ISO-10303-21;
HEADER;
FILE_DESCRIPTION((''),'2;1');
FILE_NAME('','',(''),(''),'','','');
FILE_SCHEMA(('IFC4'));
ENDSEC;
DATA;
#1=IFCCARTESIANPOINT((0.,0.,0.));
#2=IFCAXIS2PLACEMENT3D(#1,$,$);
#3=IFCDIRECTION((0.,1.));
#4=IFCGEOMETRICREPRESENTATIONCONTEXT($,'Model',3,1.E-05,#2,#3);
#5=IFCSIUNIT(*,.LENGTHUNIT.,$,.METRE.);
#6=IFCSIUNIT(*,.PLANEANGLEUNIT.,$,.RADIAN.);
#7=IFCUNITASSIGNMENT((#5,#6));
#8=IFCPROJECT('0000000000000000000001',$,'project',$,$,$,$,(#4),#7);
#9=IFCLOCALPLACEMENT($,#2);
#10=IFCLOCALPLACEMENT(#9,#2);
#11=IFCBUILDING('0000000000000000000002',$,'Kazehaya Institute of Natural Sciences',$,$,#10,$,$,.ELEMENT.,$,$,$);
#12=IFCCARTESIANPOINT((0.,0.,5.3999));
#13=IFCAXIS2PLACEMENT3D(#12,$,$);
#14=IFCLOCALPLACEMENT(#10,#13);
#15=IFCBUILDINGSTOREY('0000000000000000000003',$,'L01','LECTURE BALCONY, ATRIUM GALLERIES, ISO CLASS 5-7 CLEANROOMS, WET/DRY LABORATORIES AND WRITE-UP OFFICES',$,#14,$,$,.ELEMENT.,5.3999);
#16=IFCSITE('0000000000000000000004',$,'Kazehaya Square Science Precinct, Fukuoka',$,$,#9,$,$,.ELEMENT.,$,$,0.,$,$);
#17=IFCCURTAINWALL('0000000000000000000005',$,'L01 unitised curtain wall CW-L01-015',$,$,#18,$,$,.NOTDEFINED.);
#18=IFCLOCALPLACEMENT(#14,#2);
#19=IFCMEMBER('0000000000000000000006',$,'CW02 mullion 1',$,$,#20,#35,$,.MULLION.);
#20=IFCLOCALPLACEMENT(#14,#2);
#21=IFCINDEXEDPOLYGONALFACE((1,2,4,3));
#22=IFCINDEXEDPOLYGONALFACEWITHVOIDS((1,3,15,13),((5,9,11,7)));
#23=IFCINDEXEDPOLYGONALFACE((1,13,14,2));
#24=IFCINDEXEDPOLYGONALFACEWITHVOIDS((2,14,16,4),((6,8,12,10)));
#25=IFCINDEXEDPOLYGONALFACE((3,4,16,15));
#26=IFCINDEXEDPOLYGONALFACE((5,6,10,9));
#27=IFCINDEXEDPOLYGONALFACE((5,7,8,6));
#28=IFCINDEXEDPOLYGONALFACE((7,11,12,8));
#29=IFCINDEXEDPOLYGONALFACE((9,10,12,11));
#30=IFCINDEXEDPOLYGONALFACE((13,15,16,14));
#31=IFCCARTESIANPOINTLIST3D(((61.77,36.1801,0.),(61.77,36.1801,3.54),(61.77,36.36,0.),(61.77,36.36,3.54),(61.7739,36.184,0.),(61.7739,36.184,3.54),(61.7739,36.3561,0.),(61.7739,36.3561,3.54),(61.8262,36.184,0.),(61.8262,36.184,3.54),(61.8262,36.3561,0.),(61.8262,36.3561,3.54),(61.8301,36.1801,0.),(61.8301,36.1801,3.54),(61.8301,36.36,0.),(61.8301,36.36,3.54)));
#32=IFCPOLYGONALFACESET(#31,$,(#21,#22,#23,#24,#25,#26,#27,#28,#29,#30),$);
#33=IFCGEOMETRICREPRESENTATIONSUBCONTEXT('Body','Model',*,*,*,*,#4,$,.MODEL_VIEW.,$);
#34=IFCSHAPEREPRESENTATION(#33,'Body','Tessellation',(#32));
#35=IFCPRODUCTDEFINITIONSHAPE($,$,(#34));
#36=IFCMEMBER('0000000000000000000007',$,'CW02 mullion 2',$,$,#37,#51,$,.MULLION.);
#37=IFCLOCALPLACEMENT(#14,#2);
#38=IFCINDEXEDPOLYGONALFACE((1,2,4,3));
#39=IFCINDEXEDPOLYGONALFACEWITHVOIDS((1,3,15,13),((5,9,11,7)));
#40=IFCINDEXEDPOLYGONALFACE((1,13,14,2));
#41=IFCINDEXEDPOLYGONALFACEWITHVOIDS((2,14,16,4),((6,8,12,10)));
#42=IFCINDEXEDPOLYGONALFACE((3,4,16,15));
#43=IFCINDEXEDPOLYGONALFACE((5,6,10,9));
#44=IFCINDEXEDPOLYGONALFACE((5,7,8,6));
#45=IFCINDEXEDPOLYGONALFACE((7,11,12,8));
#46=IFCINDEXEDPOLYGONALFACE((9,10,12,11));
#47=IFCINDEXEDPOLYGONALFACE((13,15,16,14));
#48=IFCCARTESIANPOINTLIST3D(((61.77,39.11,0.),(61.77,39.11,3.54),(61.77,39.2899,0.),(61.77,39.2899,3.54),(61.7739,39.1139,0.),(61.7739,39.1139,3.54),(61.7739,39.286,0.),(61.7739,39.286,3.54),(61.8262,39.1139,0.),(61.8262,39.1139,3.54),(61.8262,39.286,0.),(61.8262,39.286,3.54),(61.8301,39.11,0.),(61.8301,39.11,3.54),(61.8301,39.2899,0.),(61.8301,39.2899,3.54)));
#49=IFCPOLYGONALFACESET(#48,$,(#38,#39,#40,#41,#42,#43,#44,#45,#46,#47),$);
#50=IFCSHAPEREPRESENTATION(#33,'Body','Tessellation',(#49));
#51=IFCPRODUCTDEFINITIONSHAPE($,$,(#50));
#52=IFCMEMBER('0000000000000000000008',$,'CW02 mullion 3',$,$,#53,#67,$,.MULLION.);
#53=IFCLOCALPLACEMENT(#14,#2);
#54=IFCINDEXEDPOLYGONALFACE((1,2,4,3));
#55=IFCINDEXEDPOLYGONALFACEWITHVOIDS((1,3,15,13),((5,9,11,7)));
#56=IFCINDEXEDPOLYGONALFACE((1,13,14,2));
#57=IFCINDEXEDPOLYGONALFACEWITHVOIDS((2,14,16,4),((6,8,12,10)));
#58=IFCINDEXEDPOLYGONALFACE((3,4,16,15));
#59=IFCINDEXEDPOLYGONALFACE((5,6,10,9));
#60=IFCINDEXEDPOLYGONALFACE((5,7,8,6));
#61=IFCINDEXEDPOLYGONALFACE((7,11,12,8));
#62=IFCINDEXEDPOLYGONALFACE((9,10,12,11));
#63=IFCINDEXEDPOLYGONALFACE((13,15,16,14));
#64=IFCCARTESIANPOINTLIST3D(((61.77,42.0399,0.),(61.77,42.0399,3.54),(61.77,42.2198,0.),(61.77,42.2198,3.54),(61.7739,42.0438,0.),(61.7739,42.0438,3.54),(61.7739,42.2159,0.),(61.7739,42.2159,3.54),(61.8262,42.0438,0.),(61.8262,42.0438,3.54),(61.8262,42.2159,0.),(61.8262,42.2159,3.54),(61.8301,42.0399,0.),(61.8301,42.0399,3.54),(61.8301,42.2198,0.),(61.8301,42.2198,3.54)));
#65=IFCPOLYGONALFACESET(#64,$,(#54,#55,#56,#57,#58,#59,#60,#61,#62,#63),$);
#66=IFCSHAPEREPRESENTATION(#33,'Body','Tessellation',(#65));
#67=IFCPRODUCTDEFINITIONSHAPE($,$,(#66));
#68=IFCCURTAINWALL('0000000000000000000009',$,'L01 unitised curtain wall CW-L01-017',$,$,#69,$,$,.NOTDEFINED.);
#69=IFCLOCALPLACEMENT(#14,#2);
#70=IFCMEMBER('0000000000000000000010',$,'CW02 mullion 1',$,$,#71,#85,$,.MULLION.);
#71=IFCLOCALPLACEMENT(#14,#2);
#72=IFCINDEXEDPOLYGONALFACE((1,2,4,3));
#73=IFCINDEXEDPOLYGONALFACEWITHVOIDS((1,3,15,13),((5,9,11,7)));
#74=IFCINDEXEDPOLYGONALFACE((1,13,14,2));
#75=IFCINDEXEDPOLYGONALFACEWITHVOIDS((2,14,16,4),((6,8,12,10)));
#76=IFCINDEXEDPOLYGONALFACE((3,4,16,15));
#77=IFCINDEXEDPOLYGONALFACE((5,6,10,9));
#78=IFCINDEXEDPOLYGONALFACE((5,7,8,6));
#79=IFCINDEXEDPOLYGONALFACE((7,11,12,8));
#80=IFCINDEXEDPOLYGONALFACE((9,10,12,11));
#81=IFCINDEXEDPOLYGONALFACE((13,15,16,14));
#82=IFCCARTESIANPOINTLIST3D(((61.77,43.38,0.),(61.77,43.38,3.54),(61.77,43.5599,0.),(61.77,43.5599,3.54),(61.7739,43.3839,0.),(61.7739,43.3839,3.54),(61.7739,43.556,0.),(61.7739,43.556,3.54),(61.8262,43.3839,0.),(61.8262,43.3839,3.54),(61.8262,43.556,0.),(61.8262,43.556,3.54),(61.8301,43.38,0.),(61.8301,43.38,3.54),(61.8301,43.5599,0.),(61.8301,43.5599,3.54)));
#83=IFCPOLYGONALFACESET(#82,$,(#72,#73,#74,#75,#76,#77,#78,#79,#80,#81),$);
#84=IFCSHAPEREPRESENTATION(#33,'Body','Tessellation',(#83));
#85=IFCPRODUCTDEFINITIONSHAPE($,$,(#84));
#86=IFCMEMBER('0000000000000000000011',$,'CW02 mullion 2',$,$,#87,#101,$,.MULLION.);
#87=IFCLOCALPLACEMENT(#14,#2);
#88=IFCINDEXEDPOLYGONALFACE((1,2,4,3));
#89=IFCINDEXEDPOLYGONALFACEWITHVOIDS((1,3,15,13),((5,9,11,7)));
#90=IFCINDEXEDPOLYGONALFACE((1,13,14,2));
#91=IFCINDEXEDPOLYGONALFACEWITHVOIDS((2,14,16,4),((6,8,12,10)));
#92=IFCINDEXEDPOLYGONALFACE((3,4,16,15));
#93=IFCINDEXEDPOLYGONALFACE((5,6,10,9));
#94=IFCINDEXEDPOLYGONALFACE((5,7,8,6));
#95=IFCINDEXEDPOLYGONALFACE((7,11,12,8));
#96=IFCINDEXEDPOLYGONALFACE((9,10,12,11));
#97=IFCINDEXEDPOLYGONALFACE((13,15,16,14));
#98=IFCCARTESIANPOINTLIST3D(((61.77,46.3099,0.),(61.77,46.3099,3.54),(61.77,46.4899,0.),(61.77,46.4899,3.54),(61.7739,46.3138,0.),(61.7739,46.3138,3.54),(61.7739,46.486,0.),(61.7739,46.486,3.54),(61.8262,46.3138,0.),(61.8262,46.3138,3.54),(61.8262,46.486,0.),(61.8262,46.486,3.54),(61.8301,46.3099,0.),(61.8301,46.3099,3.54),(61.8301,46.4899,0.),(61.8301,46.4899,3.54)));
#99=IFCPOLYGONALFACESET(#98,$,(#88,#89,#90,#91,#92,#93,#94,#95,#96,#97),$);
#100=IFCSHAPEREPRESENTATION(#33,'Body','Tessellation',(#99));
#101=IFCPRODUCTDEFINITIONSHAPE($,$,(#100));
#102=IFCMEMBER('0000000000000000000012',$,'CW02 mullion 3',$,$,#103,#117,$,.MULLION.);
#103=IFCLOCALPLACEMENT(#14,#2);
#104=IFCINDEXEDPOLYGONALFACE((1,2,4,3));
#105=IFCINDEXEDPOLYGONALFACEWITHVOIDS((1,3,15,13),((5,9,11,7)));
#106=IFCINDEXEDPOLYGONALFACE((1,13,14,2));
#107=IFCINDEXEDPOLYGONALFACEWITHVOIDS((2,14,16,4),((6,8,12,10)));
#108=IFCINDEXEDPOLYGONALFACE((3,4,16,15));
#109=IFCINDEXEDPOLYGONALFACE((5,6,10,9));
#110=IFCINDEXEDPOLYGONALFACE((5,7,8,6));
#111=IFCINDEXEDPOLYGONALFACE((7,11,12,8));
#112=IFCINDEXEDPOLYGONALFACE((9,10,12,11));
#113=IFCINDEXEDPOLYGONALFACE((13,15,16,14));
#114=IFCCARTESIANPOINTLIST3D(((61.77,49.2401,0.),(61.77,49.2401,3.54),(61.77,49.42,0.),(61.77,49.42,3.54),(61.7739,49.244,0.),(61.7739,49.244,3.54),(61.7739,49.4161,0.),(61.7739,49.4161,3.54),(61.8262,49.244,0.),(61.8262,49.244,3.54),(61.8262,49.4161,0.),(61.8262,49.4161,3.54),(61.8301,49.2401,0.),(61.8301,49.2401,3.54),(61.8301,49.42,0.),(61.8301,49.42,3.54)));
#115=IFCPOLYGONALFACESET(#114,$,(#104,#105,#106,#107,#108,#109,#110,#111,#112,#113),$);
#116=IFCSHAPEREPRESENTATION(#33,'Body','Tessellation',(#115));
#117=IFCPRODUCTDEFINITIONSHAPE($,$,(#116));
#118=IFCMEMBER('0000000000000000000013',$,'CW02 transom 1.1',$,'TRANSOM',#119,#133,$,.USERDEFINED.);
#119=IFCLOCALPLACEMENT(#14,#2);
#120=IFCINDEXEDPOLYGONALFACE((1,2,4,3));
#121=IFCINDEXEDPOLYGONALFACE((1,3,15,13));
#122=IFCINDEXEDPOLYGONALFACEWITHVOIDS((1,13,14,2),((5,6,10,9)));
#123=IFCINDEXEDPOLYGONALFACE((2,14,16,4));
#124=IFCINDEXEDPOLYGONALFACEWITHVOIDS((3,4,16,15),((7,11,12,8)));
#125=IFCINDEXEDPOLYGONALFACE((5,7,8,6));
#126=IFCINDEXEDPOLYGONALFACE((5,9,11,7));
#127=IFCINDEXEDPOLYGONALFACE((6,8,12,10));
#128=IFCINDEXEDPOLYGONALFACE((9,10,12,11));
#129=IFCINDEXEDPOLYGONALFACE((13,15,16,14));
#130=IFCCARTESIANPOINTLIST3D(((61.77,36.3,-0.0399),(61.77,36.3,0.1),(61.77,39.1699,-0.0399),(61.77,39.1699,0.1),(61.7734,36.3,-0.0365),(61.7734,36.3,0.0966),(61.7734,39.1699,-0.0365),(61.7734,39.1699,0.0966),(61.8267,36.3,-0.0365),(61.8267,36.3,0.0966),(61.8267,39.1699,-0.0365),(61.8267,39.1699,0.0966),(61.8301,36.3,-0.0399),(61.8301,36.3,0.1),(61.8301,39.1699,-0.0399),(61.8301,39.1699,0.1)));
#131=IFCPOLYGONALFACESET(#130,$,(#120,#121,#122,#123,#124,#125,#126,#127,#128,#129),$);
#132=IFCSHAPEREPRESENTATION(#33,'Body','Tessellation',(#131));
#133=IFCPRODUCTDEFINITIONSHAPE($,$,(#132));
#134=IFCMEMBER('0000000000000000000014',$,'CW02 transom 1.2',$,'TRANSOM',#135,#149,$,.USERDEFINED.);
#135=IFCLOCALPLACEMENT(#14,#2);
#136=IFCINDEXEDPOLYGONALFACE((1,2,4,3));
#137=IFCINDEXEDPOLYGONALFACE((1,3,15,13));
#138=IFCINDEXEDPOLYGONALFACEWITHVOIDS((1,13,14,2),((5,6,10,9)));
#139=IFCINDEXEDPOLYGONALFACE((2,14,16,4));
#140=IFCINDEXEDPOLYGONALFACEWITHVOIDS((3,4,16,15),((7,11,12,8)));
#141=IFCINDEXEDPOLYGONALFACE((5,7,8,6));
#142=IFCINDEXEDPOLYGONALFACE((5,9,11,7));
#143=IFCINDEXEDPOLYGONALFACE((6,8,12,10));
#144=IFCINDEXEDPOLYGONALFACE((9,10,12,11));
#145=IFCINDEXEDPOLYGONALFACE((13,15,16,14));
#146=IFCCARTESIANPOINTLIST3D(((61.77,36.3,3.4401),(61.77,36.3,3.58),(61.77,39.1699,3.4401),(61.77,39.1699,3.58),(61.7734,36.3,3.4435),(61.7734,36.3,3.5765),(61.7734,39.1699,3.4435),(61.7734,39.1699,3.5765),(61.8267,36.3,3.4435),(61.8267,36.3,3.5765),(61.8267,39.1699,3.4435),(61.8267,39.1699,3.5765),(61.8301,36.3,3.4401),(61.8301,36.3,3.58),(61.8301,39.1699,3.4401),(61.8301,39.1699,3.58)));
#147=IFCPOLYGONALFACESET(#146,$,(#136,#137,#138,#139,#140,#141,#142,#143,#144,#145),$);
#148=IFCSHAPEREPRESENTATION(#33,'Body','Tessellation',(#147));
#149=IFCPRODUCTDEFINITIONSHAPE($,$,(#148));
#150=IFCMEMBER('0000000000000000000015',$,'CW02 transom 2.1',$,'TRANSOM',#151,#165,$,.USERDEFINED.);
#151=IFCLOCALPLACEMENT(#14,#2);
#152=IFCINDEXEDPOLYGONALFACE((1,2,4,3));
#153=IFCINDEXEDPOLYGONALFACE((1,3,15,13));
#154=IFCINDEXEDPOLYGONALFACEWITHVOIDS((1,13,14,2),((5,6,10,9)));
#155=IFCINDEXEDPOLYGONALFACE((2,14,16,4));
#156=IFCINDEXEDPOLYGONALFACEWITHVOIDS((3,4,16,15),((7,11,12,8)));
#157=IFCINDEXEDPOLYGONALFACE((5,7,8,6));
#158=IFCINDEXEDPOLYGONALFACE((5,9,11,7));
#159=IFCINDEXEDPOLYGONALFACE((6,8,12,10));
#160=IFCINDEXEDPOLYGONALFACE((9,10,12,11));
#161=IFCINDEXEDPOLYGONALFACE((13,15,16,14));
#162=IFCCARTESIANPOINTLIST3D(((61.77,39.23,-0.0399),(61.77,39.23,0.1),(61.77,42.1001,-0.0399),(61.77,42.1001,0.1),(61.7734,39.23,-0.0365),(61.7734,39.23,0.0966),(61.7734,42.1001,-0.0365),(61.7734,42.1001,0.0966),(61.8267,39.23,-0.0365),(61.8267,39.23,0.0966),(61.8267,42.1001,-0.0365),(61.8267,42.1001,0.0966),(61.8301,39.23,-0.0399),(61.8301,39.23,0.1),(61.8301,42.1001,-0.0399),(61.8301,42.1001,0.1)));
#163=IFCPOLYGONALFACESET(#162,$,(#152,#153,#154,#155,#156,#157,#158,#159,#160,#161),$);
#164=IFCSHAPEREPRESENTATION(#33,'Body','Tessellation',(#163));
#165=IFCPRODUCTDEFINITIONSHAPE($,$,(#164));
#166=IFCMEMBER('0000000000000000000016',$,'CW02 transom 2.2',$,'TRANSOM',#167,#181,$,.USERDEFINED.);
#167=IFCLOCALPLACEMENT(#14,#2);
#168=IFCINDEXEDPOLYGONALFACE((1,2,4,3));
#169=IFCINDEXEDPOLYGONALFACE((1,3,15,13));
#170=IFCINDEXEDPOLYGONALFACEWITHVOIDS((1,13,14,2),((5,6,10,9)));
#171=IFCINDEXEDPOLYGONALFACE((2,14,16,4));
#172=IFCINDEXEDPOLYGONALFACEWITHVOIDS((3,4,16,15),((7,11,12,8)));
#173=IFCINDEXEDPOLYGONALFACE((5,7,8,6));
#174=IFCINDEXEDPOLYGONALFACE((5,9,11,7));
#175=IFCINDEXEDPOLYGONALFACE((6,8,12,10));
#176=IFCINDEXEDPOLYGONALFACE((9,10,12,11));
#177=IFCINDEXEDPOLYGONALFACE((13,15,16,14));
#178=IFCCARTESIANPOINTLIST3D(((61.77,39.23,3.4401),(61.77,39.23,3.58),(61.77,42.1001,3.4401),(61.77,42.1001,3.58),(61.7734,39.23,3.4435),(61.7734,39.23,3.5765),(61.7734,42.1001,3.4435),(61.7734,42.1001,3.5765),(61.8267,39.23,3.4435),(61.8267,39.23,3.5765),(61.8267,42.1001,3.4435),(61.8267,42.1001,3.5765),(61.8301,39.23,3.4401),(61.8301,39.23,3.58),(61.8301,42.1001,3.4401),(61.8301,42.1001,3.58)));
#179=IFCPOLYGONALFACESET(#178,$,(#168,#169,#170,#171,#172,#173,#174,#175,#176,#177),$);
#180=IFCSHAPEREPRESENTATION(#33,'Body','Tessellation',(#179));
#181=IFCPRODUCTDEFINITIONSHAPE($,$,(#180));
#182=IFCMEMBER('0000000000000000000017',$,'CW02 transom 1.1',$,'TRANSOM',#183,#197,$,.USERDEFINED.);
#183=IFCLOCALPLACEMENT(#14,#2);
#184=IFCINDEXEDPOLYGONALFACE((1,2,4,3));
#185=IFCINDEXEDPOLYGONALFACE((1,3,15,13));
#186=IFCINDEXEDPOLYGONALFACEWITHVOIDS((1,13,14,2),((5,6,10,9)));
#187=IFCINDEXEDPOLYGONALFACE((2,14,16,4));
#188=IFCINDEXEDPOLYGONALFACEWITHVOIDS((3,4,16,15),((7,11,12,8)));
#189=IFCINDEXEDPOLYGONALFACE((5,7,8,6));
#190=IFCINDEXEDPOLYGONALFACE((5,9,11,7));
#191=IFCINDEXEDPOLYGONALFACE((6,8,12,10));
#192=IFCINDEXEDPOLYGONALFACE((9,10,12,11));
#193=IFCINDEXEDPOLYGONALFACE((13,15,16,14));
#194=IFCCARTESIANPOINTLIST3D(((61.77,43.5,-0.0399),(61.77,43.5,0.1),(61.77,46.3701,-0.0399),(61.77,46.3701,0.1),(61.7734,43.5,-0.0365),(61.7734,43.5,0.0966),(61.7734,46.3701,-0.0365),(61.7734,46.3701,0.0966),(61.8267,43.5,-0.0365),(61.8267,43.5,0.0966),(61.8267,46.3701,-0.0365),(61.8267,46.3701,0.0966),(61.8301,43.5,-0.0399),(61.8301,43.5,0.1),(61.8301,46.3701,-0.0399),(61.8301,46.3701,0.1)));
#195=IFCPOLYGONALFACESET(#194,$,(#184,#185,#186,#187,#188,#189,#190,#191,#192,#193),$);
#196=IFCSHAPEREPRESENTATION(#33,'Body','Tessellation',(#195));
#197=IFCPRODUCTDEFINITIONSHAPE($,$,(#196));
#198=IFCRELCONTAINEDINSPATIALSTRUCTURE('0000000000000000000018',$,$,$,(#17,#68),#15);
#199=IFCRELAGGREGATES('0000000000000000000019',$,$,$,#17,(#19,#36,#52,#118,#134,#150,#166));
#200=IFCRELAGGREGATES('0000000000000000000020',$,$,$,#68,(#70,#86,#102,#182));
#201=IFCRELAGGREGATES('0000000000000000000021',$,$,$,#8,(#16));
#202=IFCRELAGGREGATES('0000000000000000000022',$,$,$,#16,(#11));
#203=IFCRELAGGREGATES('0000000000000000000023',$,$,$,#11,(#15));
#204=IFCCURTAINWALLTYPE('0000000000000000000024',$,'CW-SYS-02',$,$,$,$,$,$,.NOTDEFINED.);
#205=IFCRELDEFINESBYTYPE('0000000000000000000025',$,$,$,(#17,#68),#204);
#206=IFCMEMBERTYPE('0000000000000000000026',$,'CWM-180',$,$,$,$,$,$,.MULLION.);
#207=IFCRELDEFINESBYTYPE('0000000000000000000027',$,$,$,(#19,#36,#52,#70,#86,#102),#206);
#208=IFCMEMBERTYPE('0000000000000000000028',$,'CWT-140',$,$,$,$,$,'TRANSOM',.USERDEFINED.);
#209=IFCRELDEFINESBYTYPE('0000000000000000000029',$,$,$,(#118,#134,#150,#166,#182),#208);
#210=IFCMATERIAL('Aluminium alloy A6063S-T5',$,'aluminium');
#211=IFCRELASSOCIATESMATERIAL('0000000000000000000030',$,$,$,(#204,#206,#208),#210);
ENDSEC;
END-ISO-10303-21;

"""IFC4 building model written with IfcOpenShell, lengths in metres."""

from ifc_helpers import new_model, si_unit, direction, frame, origin, origin_2d, place, context, subcontext, project, spatial, hollow_rectangle, extrude, material, material_profile, profile_set, type_object, element, aggregate, save


model = new_model("IFC4")

# Units and contexts
model_context = context("Model", 3, precision=1e-05, world=origin(), true_north=direction((0.0, 1.0)))
body_context = subcontext(model_context, "Body", "Model", "MODEL_VIEW")
ifc_project = project(units=[si_unit("LENGTHUNIT", "METRE"), si_unit("PLANEANGLEUNIT", "RADIAN")], contexts=[model_context])

# Site, building, storey
site_placement = place(None, origin())
site = spatial("IfcSite", under=ifc_project, at=site_placement, Name="Kazehaya Square Science Precinct, Fukuoka", CompositionType="ELEMENT", RefElevation=0.0)
building_placement = place(site_placement, origin())
building = spatial("IfcBuilding", under=site, at=building_placement, Name="Kazehaya Institute of Natural Sciences", CompositionType="ELEMENT")
storey_placement = place(building_placement, frame((0.0, 0.0, 5.3999)))
storey = spatial("IfcBuildingStorey", under=building, at=storey_placement, Name="L01", Description="LECTURE BALCONY, ATRIUM GALLERIES, ISO CLASS 5-7 CLEANROOMS, WET/DRY LABORATORIES AND WRITE-UP OFFICES", CompositionType="ELEMENT", Elevation=5.3999)

# Curtain walls, members
ifc_material_1 = material(Name="Aluminium alloy A6063S-T5", Category="aluminium")
curtain_wall_type = type_object("IfcCurtainWallType", Name="CW-SYS-02", PredefinedType="NOTDEFINED", material=ifc_material_1)
curtain_wall_1_placement = place(storey_placement, origin())
curtain_wall_1 = element("IfcCurtainWall", 1, at=curtain_wall_1_placement, inside=storey, type_object=curtain_wall_type, Name="L01 unitised curtain wall CW-L01-015", PredefinedType="NOTDEFINED")
ifc_material_profile_1 = material_profile(ifc_material_1, hollow_rectangle(XDim=0.0601, YDim=0.1799, WallThickness=0.0039, at=origin_2d()), Name="ALU-60x180x4")
ifc_profile_set_1 = profile_set([ifc_material_profile_1], Name="Aluminium alloy A6063S-T5")
member_type_1 = type_object("IfcMemberType", Name="CWM-180", PredefinedType="MULLION", material=ifc_profile_set_1)
member_1_placement = place(storey_placement, frame((61.8, 36.27, 0.0), z_axis=(0.0, 0.0, 1.0), x_axis=(-1.0, 0.0, 0.0)))
member_1 = element("IfcMember", 2, at=member_1_placement, type_object=member_type_1, Name="CW02 mullion 1", PredefinedType="MULLION", context=body_context, shape_type="SweptSolid", body=[
    extrude(hollow_rectangle(XDim=0.0601, YDim=0.1799, WallThickness=0.0039, at=origin_2d()), origin(), (0.0, 0.0, 1.0), 3.54),
])
member_2_placement = place(storey_placement, frame((61.8, 39.2, 0.0), z_axis=(0.0, 0.0, 1.0), x_axis=(-1.0, 0.0, 0.0)))
member_2 = element("IfcMember", 3, at=member_2_placement, type_object=member_type_1, Name="CW02 mullion 2", PredefinedType="MULLION", context=body_context, shape_type="SweptSolid", body=[
    extrude(hollow_rectangle(XDim=0.0601, YDim=0.1799, WallThickness=0.0039, at=origin_2d()), origin(), (0.0, 0.0, 1.0), 3.54),
])
member_3_placement = place(storey_placement, frame((61.8, 42.1299, 0.0), z_axis=(0.0, 0.0, 1.0), x_axis=(-1.0, 0.0, 0.0)))
member_3 = element("IfcMember", 4, at=member_3_placement, type_object=member_type_1, Name="CW02 mullion 3", PredefinedType="MULLION", context=body_context, shape_type="SweptSolid", body=[
    extrude(hollow_rectangle(XDim=0.0601, YDim=0.1799, WallThickness=0.0039, at=origin_2d()), origin(), (0.0, 0.0, 1.0), 3.54),
])
curtain_wall_2_placement = place(storey_placement, origin())
curtain_wall_2 = element("IfcCurtainWall", 5, at=curtain_wall_2_placement, inside=storey, type_object=curtain_wall_type, Name="L01 unitised curtain wall CW-L01-017", PredefinedType="NOTDEFINED")
member_4_placement = place(storey_placement, frame((61.8, 43.47, 0.0), z_axis=(0.0, 0.0, 1.0), x_axis=(-1.0, 0.0, 0.0)))
member_4 = element("IfcMember", 6, at=member_4_placement, type_object=member_type_1, Name="CW02 mullion 1", PredefinedType="MULLION", context=body_context, shape_type="SweptSolid", body=[
    extrude(hollow_rectangle(XDim=0.0601, YDim=0.1799, WallThickness=0.0039, at=origin_2d()), origin(), (0.0, 0.0, 1.0), 3.54),
])
member_5_placement = place(storey_placement, frame((61.8, 46.3999, 0.0), z_axis=(0.0, 0.0, 1.0), x_axis=(-1.0, 0.0, 0.0)))
member_5 = element("IfcMember", 7, at=member_5_placement, type_object=member_type_1, Name="CW02 mullion 2", PredefinedType="MULLION", context=body_context, shape_type="SweptSolid", body=[
    extrude(hollow_rectangle(XDim=0.0601, YDim=0.1799, WallThickness=0.0039, at=origin_2d()), origin(), (0.0, 0.0, 1.0), 3.54),
])
member_6_placement = place(storey_placement, frame((61.8, 49.3301, 0.0), z_axis=(0.0, 0.0, 1.0), x_axis=(-1.0, 0.0, 0.0)))
member_6 = element("IfcMember", 8, at=member_6_placement, type_object=member_type_1, Name="CW02 mullion 3", PredefinedType="MULLION", context=body_context, shape_type="SweptSolid", body=[
    extrude(hollow_rectangle(XDim=0.0601, YDim=0.1799, WallThickness=0.0039, at=origin_2d()), origin(), (0.0, 0.0, 1.0), 3.54),
])

# Members
ifc_material_profile_2 = material_profile(ifc_material_1, hollow_rectangle(XDim=0.0601, YDim=0.1399, WallThickness=0.0034, at=origin_2d()), Name="ALU-60x140x3.5")
ifc_profile_set_2 = profile_set([ifc_material_profile_2], Name="Aluminium alloy A6063S-T5")
member_type_2 = type_object("IfcMemberType", Name="CWT-140", ElementType="TRANSOM", PredefinedType="USERDEFINED", material=ifc_profile_set_2)
member_7_placement = place(storey_placement, frame((61.8, 36.3, 0.03), z_axis=(0.0, 1.0, 0.0), x_axis=(-1.0, 0.0, 0.0)))
member_7 = element("IfcMember", 9, at=member_7_placement, type_object=member_type_2, Name="CW02 transom 1.1", ObjectType="TRANSOM", PredefinedType="USERDEFINED", context=body_context, shape_type="SweptSolid", body=[
    extrude(hollow_rectangle(XDim=0.0601, YDim=0.1399, WallThickness=0.0034, at=origin_2d()), origin(), (0.0, 0.0, 1.0), 2.8699),
])
member_8_placement = place(storey_placement, frame((61.8, 36.3, 3.51), z_axis=(0.0, 1.0, 0.0), x_axis=(-1.0, 0.0, 0.0)))
member_8 = element("IfcMember", 10, at=member_8_placement, type_object=member_type_2, Name="CW02 transom 1.2", ObjectType="TRANSOM", PredefinedType="USERDEFINED", context=body_context, shape_type="SweptSolid", body=[
    extrude(hollow_rectangle(XDim=0.0601, YDim=0.1399, WallThickness=0.0034, at=origin_2d()), origin(), (0.0, 0.0, 1.0), 2.8699),
])
member_9_placement = place(storey_placement, frame((61.8, 39.23, 0.03), z_axis=(0.0, 1.0, 0.0), x_axis=(-1.0, 0.0, 0.0)))
member_9 = element("IfcMember", 11, at=member_9_placement, type_object=member_type_2, Name="CW02 transom 2.1", ObjectType="TRANSOM", PredefinedType="USERDEFINED", context=body_context, shape_type="SweptSolid", body=[
    extrude(hollow_rectangle(XDim=0.0601, YDim=0.1399, WallThickness=0.0034, at=origin_2d()), origin(), (0.0, 0.0, 1.0), 2.8701),
])
member_10_placement = place(storey_placement, frame((61.8, 39.23, 3.51), z_axis=(0.0, 1.0, 0.0), x_axis=(-1.0, 0.0, 0.0)))
member_10 = element("IfcMember", 12, at=member_10_placement, type_object=member_type_2, Name="CW02 transom 2.2", ObjectType="TRANSOM", PredefinedType="USERDEFINED", context=body_context, shape_type="SweptSolid", body=[
    extrude(hollow_rectangle(XDim=0.0601, YDim=0.1399, WallThickness=0.0034, at=origin_2d()), origin(), (0.0, 0.0, 1.0), 2.8701),
])
member_11_placement = place(storey_placement, frame((61.8, 43.5, 0.03), z_axis=(0.0, 1.0, 0.0), x_axis=(-1.0, 0.0, 0.0)))
member_11 = element("IfcMember", 13, at=member_11_placement, type_object=member_type_2, Name="CW02 transom 1.1", ObjectType="TRANSOM", PredefinedType="USERDEFINED", context=body_context, shape_type="SweptSolid", body=[
    extrude(hollow_rectangle(XDim=0.0601, YDim=0.1399, WallThickness=0.0034, at=origin_2d()), origin(), (0.0, 0.0, 1.0), 2.8701),
])

aggregate(curtain_wall_1, [member_1, member_2, member_3, member_7, member_8, member_9, member_10])
aggregate(curtain_wall_2, [member_4, member_5, member_6, member_11])

save(model, "model.ifc")
